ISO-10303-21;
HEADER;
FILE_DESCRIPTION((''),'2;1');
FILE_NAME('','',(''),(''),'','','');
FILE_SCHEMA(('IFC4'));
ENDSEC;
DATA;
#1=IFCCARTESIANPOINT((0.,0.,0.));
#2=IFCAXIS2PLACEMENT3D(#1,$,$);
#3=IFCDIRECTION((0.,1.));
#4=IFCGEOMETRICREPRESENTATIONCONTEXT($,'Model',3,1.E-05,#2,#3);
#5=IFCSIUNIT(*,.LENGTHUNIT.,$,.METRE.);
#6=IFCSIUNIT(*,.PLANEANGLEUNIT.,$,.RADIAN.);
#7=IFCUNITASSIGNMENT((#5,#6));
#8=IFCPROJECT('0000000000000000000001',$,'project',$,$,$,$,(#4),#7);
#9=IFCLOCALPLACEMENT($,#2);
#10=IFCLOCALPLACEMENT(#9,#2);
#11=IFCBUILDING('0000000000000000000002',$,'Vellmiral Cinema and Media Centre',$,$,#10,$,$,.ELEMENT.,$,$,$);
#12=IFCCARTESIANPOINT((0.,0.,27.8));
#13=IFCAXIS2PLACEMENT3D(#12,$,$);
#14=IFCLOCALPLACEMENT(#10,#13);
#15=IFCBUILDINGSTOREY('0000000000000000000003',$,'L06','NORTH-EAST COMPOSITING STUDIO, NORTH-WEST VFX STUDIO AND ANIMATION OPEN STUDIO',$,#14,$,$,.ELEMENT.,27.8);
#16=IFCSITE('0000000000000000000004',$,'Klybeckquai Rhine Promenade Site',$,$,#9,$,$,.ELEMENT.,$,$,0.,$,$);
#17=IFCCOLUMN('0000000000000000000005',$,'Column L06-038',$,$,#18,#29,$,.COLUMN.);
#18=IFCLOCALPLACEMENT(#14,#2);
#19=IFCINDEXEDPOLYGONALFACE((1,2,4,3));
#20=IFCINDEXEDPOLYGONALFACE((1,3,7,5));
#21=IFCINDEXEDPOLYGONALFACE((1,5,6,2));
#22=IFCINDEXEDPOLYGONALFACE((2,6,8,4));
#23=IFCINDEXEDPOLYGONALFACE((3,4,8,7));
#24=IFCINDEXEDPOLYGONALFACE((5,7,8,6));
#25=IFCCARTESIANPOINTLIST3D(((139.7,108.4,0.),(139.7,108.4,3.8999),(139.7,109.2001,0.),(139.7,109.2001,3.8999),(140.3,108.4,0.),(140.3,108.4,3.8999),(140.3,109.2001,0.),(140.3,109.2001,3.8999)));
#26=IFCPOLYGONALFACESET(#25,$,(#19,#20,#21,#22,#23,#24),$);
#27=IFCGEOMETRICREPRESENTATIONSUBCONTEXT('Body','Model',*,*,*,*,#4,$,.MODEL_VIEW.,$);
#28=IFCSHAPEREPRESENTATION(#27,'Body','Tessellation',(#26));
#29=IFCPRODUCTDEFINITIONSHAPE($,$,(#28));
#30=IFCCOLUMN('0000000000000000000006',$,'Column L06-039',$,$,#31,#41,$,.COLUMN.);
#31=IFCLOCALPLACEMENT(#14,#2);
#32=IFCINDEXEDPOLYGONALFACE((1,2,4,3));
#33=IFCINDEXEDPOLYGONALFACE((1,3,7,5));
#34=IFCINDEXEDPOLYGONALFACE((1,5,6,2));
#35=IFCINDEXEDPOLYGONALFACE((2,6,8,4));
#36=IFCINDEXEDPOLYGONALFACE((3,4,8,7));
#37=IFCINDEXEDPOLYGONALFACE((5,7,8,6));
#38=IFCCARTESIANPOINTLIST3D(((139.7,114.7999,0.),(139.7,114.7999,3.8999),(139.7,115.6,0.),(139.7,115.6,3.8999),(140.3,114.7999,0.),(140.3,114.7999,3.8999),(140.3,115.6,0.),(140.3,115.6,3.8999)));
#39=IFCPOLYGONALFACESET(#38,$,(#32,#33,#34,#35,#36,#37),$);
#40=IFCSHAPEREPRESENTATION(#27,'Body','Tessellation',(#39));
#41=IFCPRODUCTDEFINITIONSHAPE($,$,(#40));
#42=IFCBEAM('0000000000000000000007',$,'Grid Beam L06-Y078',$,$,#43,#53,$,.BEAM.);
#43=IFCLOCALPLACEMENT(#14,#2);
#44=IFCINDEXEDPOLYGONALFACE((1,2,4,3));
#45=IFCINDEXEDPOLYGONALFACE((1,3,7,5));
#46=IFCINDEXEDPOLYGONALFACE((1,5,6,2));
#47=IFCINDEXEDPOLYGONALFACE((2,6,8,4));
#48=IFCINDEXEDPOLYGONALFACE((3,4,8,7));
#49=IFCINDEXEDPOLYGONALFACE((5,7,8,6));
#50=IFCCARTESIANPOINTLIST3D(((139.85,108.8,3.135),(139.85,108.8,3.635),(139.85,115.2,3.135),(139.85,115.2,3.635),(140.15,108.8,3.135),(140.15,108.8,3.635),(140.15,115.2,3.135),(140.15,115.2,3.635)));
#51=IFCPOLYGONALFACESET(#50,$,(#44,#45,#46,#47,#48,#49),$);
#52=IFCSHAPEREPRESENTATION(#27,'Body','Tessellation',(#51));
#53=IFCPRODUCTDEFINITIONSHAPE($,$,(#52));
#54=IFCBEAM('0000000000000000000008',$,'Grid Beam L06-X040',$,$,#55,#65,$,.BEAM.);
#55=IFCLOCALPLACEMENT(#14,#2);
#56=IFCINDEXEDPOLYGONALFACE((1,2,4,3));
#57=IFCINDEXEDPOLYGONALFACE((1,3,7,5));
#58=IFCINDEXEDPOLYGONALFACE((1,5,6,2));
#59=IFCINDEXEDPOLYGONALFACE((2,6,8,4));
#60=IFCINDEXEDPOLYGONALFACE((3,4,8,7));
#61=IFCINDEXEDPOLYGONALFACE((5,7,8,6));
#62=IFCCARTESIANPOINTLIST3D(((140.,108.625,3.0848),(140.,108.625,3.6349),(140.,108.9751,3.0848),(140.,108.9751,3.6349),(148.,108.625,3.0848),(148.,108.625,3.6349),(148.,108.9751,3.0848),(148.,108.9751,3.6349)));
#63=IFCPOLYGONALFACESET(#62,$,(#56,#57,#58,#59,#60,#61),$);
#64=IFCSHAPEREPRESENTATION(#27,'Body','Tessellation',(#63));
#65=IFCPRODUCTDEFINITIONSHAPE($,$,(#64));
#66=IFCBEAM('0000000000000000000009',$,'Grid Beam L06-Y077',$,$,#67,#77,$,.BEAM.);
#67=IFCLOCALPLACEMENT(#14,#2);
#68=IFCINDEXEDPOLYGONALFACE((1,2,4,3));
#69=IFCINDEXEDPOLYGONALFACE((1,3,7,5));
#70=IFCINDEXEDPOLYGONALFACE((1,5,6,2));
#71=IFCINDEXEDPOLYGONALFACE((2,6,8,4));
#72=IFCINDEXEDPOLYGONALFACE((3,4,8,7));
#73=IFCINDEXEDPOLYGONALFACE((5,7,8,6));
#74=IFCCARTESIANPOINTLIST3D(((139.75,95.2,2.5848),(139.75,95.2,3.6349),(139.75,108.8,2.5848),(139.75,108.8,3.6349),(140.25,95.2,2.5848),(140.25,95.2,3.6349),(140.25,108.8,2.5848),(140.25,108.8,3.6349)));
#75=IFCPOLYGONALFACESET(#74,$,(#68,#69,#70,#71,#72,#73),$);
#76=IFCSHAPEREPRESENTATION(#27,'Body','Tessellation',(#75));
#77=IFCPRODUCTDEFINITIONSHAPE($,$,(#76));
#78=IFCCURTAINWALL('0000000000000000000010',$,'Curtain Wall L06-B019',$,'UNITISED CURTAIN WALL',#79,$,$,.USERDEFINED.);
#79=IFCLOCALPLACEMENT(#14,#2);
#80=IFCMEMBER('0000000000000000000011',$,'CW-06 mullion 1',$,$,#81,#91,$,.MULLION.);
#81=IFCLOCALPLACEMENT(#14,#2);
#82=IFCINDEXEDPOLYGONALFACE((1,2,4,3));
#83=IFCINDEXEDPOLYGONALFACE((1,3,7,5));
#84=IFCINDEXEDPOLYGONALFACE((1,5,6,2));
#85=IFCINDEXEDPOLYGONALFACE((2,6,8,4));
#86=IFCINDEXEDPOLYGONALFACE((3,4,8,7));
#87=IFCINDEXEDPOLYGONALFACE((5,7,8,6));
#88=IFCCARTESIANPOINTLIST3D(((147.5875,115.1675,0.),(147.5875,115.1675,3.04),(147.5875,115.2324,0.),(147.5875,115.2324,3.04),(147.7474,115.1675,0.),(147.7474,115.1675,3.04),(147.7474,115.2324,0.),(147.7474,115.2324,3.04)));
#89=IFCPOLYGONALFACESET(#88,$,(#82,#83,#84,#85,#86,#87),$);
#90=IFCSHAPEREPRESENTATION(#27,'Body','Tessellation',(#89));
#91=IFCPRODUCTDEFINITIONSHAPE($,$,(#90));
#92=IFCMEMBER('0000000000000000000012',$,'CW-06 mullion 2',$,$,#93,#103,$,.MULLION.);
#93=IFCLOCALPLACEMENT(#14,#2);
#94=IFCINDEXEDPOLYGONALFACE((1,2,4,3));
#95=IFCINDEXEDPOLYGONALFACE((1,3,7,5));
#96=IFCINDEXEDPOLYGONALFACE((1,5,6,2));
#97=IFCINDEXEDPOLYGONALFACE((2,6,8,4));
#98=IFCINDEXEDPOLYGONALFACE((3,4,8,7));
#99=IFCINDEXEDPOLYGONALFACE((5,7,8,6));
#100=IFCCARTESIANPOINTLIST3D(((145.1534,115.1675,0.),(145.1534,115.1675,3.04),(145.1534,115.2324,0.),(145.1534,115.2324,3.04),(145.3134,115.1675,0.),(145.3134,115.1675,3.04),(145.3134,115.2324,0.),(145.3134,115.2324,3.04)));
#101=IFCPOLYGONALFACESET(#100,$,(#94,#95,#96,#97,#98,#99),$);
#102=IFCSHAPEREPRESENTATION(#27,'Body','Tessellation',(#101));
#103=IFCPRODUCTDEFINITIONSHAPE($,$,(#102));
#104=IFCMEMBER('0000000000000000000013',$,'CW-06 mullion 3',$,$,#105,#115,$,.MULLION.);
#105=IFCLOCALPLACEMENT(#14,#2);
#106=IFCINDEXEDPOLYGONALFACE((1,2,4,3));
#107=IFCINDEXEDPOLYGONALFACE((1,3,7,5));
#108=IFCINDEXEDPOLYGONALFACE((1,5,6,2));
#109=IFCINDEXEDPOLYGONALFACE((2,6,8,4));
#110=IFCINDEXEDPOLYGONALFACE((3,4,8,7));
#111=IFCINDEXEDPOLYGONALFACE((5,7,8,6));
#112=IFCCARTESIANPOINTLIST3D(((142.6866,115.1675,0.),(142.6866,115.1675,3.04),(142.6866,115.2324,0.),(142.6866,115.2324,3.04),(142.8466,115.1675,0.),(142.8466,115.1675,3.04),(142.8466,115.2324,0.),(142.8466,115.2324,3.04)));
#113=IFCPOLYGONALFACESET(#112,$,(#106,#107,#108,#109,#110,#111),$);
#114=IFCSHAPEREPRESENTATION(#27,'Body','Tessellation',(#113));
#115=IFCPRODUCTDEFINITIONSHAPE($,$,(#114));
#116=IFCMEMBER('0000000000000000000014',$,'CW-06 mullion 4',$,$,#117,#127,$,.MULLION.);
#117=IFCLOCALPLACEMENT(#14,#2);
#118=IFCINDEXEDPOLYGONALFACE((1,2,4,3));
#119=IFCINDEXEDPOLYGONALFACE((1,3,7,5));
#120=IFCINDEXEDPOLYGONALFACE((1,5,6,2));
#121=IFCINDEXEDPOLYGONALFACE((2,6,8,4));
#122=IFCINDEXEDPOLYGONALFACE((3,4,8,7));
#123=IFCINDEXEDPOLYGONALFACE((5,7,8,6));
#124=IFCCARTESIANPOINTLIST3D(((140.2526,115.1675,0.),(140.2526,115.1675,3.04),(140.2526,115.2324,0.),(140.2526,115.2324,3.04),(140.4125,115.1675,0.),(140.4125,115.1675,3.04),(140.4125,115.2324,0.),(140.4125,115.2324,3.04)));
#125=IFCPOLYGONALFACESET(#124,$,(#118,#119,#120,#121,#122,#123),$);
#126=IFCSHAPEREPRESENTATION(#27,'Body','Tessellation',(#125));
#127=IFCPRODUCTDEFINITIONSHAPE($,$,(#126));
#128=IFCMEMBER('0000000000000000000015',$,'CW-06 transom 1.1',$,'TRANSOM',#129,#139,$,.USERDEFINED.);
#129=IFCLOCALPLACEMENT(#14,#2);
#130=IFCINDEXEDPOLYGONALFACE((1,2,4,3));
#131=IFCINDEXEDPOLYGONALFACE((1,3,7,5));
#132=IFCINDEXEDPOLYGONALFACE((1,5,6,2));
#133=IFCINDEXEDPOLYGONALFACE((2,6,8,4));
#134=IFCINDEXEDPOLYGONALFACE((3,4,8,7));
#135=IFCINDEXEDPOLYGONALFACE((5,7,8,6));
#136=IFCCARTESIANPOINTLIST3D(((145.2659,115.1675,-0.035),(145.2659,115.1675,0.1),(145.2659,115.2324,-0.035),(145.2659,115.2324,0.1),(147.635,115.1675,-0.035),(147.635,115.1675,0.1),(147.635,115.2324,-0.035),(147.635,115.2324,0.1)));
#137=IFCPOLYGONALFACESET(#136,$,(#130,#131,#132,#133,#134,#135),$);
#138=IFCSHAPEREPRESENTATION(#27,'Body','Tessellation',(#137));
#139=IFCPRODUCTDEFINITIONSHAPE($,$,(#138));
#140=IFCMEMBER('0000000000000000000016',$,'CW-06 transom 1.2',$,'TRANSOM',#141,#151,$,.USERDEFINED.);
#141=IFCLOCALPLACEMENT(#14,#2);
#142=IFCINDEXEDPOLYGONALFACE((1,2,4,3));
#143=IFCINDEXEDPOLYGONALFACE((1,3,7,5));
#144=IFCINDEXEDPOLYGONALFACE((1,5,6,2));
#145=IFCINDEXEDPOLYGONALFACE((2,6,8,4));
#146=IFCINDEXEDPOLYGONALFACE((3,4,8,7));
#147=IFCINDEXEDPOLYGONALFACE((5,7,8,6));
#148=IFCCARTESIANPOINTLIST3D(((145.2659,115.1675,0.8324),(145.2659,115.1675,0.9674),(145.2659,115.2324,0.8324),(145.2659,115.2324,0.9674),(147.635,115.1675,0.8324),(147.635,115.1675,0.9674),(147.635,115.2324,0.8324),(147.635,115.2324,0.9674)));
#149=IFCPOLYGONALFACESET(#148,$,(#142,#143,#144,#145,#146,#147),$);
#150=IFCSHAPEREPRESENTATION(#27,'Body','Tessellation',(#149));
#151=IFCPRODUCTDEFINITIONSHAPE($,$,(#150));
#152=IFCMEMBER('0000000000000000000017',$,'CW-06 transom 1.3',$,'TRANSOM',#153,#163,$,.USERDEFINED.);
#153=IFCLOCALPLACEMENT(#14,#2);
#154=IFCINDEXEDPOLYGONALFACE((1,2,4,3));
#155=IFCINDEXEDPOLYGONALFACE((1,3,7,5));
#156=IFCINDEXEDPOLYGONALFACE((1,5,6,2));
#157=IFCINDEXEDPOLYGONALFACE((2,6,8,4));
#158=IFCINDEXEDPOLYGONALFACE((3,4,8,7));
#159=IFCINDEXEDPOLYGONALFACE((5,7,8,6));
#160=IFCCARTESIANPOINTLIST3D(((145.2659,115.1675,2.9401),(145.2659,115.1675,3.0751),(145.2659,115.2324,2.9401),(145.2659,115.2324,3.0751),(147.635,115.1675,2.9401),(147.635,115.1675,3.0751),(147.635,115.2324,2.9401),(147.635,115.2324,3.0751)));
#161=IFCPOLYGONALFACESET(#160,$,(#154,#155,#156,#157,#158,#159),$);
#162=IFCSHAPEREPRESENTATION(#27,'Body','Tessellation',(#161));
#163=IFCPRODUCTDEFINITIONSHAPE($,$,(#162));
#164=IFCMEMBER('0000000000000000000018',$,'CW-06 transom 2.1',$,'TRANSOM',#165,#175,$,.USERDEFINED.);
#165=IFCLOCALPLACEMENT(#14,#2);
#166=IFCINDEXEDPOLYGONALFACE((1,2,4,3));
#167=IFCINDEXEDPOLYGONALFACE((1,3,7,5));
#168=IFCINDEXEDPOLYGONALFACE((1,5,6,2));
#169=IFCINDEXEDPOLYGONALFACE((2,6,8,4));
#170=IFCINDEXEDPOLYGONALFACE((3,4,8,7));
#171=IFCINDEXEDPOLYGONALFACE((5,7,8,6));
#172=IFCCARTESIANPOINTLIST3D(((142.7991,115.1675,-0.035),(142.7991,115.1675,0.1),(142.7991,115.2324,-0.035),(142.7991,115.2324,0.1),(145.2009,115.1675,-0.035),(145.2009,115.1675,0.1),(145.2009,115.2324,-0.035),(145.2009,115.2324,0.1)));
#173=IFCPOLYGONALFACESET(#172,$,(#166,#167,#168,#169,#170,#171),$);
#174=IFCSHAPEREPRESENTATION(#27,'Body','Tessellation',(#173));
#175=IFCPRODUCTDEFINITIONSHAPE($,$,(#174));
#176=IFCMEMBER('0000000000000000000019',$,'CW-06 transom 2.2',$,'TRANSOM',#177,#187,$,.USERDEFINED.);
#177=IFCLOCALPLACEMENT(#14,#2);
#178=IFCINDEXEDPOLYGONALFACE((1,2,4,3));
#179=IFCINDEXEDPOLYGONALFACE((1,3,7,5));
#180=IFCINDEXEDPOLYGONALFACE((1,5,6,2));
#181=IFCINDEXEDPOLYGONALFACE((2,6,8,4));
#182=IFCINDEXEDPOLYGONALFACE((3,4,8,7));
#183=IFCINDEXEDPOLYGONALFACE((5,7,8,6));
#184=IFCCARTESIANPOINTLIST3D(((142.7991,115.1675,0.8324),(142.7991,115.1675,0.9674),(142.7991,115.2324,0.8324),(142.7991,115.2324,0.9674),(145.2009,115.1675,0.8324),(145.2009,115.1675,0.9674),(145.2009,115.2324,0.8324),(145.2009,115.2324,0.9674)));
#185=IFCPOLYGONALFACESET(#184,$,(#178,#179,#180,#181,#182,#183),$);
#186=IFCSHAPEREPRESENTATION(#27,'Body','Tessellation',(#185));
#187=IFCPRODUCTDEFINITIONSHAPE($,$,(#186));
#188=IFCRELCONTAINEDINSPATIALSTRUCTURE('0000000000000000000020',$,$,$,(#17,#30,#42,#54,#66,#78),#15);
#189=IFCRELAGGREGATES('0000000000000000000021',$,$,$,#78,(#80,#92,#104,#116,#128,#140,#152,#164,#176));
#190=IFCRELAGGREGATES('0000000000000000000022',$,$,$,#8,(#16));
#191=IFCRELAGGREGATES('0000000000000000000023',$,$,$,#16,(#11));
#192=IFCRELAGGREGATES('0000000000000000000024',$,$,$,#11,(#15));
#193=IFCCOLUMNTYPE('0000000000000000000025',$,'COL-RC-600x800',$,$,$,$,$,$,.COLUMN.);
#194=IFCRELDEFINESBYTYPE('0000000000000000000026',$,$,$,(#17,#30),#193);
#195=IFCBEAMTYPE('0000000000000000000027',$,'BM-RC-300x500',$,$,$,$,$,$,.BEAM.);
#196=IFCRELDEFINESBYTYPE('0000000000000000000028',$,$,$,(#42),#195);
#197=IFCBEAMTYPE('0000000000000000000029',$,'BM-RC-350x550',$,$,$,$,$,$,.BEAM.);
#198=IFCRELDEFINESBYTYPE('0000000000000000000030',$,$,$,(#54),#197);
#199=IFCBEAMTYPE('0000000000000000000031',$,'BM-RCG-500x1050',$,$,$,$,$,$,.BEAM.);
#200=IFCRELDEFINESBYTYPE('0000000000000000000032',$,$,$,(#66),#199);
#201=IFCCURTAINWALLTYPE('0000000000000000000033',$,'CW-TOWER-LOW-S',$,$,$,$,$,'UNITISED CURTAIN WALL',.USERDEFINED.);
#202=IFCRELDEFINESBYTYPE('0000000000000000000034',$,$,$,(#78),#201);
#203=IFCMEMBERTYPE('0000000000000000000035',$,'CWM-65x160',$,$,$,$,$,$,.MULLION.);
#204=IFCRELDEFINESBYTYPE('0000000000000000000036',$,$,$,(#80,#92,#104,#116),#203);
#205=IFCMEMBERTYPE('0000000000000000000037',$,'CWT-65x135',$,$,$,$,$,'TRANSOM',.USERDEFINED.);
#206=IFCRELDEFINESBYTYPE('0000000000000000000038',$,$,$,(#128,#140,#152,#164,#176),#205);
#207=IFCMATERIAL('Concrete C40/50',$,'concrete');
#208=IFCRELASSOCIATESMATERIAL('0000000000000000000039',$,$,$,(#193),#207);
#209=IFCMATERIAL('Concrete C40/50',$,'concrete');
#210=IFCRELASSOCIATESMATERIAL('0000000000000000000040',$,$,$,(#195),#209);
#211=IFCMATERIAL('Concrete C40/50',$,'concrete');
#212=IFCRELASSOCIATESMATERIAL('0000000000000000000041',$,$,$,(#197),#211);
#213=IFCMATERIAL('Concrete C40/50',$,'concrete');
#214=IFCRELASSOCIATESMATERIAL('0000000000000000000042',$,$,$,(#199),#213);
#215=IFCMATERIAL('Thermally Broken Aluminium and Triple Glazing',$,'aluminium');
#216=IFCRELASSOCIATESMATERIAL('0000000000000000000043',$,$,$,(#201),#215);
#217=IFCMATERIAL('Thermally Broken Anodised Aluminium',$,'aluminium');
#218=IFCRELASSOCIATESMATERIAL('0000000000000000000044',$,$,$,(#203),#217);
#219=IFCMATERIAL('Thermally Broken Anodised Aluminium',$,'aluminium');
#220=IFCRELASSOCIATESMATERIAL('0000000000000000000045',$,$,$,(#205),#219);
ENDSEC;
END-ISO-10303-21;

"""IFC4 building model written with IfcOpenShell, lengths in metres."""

from ifc_helpers import new_model, si_unit, direction, frame, origin, origin_2d, place, context, subcontext, project, spatial, rectangle, extrude, material, material_profile, profile_set, type_object, element, aggregate, save


model = new_model("IFC4")

# Units and contexts
model_context = context("Model", 3, precision=1e-05, world=origin(), true_north=direction((0.0, 1.0)))
body_context = subcontext(model_context, "Body", "Model", "MODEL_VIEW")
ifc_project = project(units=[si_unit("LENGTHUNIT", "METRE"), si_unit("PLANEANGLEUNIT", "RADIAN")], contexts=[model_context])

# Site, building, storey
site_placement = place(None, origin())
site = spatial("IfcSite", under=ifc_project, at=site_placement, Name="Klybeckquai Rhine Promenade Site", CompositionType="ELEMENT", RefElevation=0.0)
building_placement = place(site_placement, origin())
building = spatial("IfcBuilding", under=site, at=building_placement, Name="Vellmiral Cinema and Media Centre", CompositionType="ELEMENT")
storey_placement = place(building_placement, frame((0.0, 0.0, 27.8)))
storey = spatial("IfcBuildingStorey", under=building, at=storey_placement, Name="L06", Description="NORTH-EAST COMPOSITING STUDIO, NORTH-WEST VFX STUDIO AND ANIMATION OPEN STUDIO", CompositionType="ELEMENT", Elevation=27.8)

# Columns
ifc_material_1 = material(Name="Concrete C40/50", Category="concrete")
ifc_material_profile_1 = material_profile(ifc_material_1, rectangle(XDim=0.6001, YDim=0.8, at=origin_2d()), Name="RC 600x800")
ifc_profile_set_1 = profile_set([ifc_material_profile_1], Name="Concrete C40/50")
column_type = type_object("IfcColumnType", Name="COL-RC-600x800", PredefinedType="COLUMN", material=ifc_profile_set_1)
for number, where, z_axis, x_axis, name in (
    (1, (140.0, 108.8, 0.0), (0.0, 0.0, 1.0), (1.0, 0.0, 0.0), "Column L06-038"),
    (2, (140.0, 115.2, 0.0), (0.0, 0.0, 1.0), (1.0, 0.0, 0.0), "Column L06-039"),
):
    element("IfcColumn", number, at=place(storey_placement, frame(where, z_axis=z_axis, x_axis=x_axis)), inside=storey, type_object=column_type, Name=name, PredefinedType="COLUMN", context=body_context, shape_type="SweptSolid", body=[
        extrude(rectangle(XDim=0.6001, YDim=0.8, at=origin_2d()), origin(), (0.0, 0.0, 1.0), 3.8999),
    ])

# Beams
ifc_material_2 = material(Name="Concrete C40/50", Category="concrete")
ifc_material_profile_2 = material_profile(ifc_material_2, rectangle(XDim=0.3, YDim=0.5, at=origin_2d()), Name="RC 300x500")
ifc_profile_set_2 = profile_set([ifc_material_profile_2], Name="Concrete C40/50")
beam_type_1 = type_object("IfcBeamType", Name="BM-RC-300x500", PredefinedType="BEAM", material=ifc_profile_set_2)
beam_1_placement = place(storey_placement, frame((140.0, 108.8, 3.385), z_axis=(0.0, 1.0, 0.0), x_axis=(-1.0, 0.0, 0.0)))
element("IfcBeam", 3, at=beam_1_placement, inside=storey, type_object=beam_type_1, Name="Grid Beam L06-Y078", PredefinedType="BEAM", context=body_context, shape_type="SweptSolid", body=[
    extrude(rectangle(XDim=0.3, YDim=0.5, at=origin_2d()), origin(), (0.0, 0.0, 1.0), 6.3999),
])
ifc_material_3 = material(Name="Concrete C40/50", Category="concrete")
ifc_material_profile_3 = material_profile(ifc_material_3, rectangle(XDim=0.3501, YDim=0.55, at=origin_2d()), Name="RC 350x550")
ifc_profile_set_3 = profile_set([ifc_material_profile_3], Name="Concrete C40/50")
beam_type_2 = type_object("IfcBeamType", Name="BM-RC-350x550", PredefinedType="BEAM", material=ifc_profile_set_3)
beam_2_placement = place(storey_placement, frame((140.0, 108.8, 3.3599), z_axis=(1.0, 0.0, 0.0), x_axis=(0.0, 1.0, 0.0)))
element("IfcBeam", 4, at=beam_2_placement, inside=storey, type_object=beam_type_2, Name="Grid Beam L06-X040", PredefinedType="BEAM", context=body_context, shape_type="SweptSolid", body=[
    extrude(rectangle(XDim=0.3501, YDim=0.55, at=origin_2d()), origin(), (0.0, 0.0, 1.0), 8.0),
])
ifc_material_4 = material(Name="Concrete C40/50", Category="concrete")
ifc_material_profile_4 = material_profile(ifc_material_4, rectangle(XDim=0.5, YDim=1.05, at=origin_2d()), Name="RC 500x1050")
ifc_profile_set_4 = profile_set([ifc_material_profile_4], Name="Concrete C40/50")
beam_type_3 = type_object("IfcBeamType", Name="BM-RCG-500x1050", PredefinedType="BEAM", material=ifc_profile_set_4)
beam_3_placement = place(storey_placement, frame((140.0, 95.2, 3.1099), z_axis=(0.0, 1.0, 0.0), x_axis=(-1.0, 0.0, 0.0)))
element("IfcBeam", 5, at=beam_3_placement, inside=storey, type_object=beam_type_3, Name="Grid Beam L06-Y077", PredefinedType="BEAM", context=body_context, shape_type="SweptSolid", body=[
    extrude(rectangle(XDim=0.5, YDim=1.05, at=origin_2d()), origin(), (0.0, 0.0, 1.0), 13.6001),
])

# Curtain wall, members
ifc_material_5 = material(Name="Thermally Broken Aluminium and Triple Glazing", Category="aluminium")
curtain_wall_type = type_object("IfcCurtainWallType", Name="CW-TOWER-LOW-S", ElementType="UNITISED CURTAIN WALL", PredefinedType="USERDEFINED", material=ifc_material_5)
curtain_wall_placement = place(storey_placement, origin())
curtain_wall = element("IfcCurtainWall", 6, at=curtain_wall_placement, inside=storey, type_object=curtain_wall_type, Name="Curtain Wall L06-B019", ObjectType="UNITISED CURTAIN WALL", PredefinedType="USERDEFINED")
ifc_material_6 = material(Name="Thermally Broken Anodised Aluminium", Category="aluminium")
ifc_material_profile_5 = material_profile(ifc_material_6, rectangle(XDim=0.0649, YDim=0.1599, at=origin_2d()), Name="MULL 65x160")
ifc_profile_set_5 = profile_set([ifc_material_profile_5], Name="Thermally Broken Anodised Aluminium")
member_type_1 = type_object("IfcMemberType", Name="CWM-65x160", PredefinedType="MULLION", material=ifc_profile_set_5)
member_1_placement = place(storey_placement, frame((147.6675, 115.2, 0.0), z_axis=(0.0, 0.0, 1.0), x_axis=(0.0, -1.0, 0.0)))
member_1 = element("IfcMember", 7, at=member_1_placement, type_object=member_type_1, Name="CW-06 mullion 1", PredefinedType="MULLION", context=body_context, shape_type="SweptSolid", body=[
    extrude(rectangle(XDim=0.0649, YDim=0.1599, at=origin_2d()), origin(), (0.0, 0.0, 1.0), 3.04),
])
member_2_placement = place(storey_placement, frame((145.2334, 115.2, 0.0), z_axis=(0.0, 0.0, 1.0), x_axis=(0.0, -1.0, 0.0)))
member_2 = element("IfcMember", 8, at=member_2_placement, type_object=member_type_1, Name="CW-06 mullion 2", PredefinedType="MULLION", context=body_context, shape_type="SweptSolid", body=[
    extrude(rectangle(XDim=0.0649, YDim=0.1599, at=origin_2d()), origin(), (0.0, 0.0, 1.0), 3.04),
])
member_3_placement = place(storey_placement, frame((142.7666, 115.2, 0.0), z_axis=(0.0, 0.0, 1.0), x_axis=(0.0, -1.0, 0.0)))
member_3 = element("IfcMember", 9, at=member_3_placement, type_object=member_type_1, Name="CW-06 mullion 3", PredefinedType="MULLION", context=body_context, shape_type="SweptSolid", body=[
    extrude(rectangle(XDim=0.0649, YDim=0.1599, at=origin_2d()), origin(), (0.0, 0.0, 1.0), 3.04),
])
member_4_placement = place(storey_placement, frame((140.3325, 115.2, 0.0), z_axis=(0.0, 0.0, 1.0), x_axis=(0.0, -1.0, 0.0)))
member_4 = element("IfcMember", 10, at=member_4_placement, type_object=member_type_1, Name="CW-06 mullion 4", PredefinedType="MULLION", context=body_context, shape_type="SweptSolid", body=[
    extrude(rectangle(XDim=0.0649, YDim=0.1599, at=origin_2d()), origin(), (0.0, 0.0, 1.0), 3.04),
])
ifc_material_7 = material(Name="Thermally Broken Anodised Aluminium", Category="aluminium")
ifc_material_profile_6 = material_profile(ifc_material_7, rectangle(XDim=0.0649, YDim=0.135, at=origin_2d()), Name="MULL 65x135")
ifc_profile_set_6 = profile_set([ifc_material_profile_6], Name="Thermally Broken Anodised Aluminium")
member_type_2 = type_object("IfcMemberType", Name="CWT-65x135", ElementType="TRANSOM", PredefinedType="USERDEFINED", material=ifc_profile_set_6)
member_5_placement = place(storey_placement, frame((147.635, 115.2, 0.0325), z_axis=(-1.0, 0.0, 0.0), x_axis=(0.0, -1.0, 0.0)))
member_5 = element("IfcMember", 11, at=member_5_placement, type_object=member_type_2, Name="CW-06 transom 1.1", ObjectType="TRANSOM", PredefinedType="USERDEFINED", context=body_context, shape_type="SweptSolid", body=[
    extrude(rectangle(XDim=0.0649, YDim=0.135, at=origin_2d()), origin(), (0.0, 0.0, 1.0), 2.3691),
])
member_6_placement = place(storey_placement, frame((147.635, 115.2, 0.8999), z_axis=(-1.0, 0.0, 0.0), x_axis=(0.0, -1.0, 0.0)))
member_6 = element("IfcMember", 12, at=member_6_placement, type_object=member_type_2, Name="CW-06 transom 1.2", ObjectType="TRANSOM", PredefinedType="USERDEFINED", context=body_context, shape_type="SweptSolid", body=[
    extrude(rectangle(XDim=0.0649, YDim=0.135, at=origin_2d()), origin(), (0.0, 0.0, 1.0), 2.3691),
])
member_7_placement = place(storey_placement, frame((147.635, 115.2, 3.0076), z_axis=(-1.0, 0.0, 0.0), x_axis=(0.0, -1.0, 0.0)))
member_7 = element("IfcMember", 13, at=member_7_placement, type_object=member_type_2, Name="CW-06 transom 1.3", ObjectType="TRANSOM", PredefinedType="USERDEFINED", context=body_context, shape_type="SweptSolid", body=[
    extrude(rectangle(XDim=0.0649, YDim=0.135, at=origin_2d()), origin(), (0.0, 0.0, 1.0), 2.3691),
])
member_8_placement = place(storey_placement, frame((145.2009, 115.2, 0.0325), z_axis=(-1.0, 0.0, 0.0), x_axis=(0.0, -1.0, 0.0)))
member_8 = element("IfcMember", 14, at=member_8_placement, type_object=member_type_2, Name="CW-06 transom 2.1", ObjectType="TRANSOM", PredefinedType="USERDEFINED", context=body_context, shape_type="SweptSolid", body=[
    extrude(rectangle(XDim=0.0649, YDim=0.135, at=origin_2d()), origin(), (0.0, 0.0, 1.0), 2.4019),
])
member_9_placement = place(storey_placement, frame((145.2009, 115.2, 0.8999), z_axis=(-1.0, 0.0, 0.0), x_axis=(0.0, -1.0, 0.0)))
member_9 = element("IfcMember", 15, at=member_9_placement, type_object=member_type_2, Name="CW-06 transom 2.2", ObjectType="TRANSOM", PredefinedType="USERDEFINED", context=body_context, shape_type="SweptSolid", body=[
    extrude(rectangle(XDim=0.0649, YDim=0.135, at=origin_2d()), origin(), (0.0, 0.0, 1.0), 2.4019),
])

aggregate(curtain_wall, [member_1, member_2, member_3, member_4, member_5, member_6, member_7, member_8, member_9])

save(model, "model.ifc")
